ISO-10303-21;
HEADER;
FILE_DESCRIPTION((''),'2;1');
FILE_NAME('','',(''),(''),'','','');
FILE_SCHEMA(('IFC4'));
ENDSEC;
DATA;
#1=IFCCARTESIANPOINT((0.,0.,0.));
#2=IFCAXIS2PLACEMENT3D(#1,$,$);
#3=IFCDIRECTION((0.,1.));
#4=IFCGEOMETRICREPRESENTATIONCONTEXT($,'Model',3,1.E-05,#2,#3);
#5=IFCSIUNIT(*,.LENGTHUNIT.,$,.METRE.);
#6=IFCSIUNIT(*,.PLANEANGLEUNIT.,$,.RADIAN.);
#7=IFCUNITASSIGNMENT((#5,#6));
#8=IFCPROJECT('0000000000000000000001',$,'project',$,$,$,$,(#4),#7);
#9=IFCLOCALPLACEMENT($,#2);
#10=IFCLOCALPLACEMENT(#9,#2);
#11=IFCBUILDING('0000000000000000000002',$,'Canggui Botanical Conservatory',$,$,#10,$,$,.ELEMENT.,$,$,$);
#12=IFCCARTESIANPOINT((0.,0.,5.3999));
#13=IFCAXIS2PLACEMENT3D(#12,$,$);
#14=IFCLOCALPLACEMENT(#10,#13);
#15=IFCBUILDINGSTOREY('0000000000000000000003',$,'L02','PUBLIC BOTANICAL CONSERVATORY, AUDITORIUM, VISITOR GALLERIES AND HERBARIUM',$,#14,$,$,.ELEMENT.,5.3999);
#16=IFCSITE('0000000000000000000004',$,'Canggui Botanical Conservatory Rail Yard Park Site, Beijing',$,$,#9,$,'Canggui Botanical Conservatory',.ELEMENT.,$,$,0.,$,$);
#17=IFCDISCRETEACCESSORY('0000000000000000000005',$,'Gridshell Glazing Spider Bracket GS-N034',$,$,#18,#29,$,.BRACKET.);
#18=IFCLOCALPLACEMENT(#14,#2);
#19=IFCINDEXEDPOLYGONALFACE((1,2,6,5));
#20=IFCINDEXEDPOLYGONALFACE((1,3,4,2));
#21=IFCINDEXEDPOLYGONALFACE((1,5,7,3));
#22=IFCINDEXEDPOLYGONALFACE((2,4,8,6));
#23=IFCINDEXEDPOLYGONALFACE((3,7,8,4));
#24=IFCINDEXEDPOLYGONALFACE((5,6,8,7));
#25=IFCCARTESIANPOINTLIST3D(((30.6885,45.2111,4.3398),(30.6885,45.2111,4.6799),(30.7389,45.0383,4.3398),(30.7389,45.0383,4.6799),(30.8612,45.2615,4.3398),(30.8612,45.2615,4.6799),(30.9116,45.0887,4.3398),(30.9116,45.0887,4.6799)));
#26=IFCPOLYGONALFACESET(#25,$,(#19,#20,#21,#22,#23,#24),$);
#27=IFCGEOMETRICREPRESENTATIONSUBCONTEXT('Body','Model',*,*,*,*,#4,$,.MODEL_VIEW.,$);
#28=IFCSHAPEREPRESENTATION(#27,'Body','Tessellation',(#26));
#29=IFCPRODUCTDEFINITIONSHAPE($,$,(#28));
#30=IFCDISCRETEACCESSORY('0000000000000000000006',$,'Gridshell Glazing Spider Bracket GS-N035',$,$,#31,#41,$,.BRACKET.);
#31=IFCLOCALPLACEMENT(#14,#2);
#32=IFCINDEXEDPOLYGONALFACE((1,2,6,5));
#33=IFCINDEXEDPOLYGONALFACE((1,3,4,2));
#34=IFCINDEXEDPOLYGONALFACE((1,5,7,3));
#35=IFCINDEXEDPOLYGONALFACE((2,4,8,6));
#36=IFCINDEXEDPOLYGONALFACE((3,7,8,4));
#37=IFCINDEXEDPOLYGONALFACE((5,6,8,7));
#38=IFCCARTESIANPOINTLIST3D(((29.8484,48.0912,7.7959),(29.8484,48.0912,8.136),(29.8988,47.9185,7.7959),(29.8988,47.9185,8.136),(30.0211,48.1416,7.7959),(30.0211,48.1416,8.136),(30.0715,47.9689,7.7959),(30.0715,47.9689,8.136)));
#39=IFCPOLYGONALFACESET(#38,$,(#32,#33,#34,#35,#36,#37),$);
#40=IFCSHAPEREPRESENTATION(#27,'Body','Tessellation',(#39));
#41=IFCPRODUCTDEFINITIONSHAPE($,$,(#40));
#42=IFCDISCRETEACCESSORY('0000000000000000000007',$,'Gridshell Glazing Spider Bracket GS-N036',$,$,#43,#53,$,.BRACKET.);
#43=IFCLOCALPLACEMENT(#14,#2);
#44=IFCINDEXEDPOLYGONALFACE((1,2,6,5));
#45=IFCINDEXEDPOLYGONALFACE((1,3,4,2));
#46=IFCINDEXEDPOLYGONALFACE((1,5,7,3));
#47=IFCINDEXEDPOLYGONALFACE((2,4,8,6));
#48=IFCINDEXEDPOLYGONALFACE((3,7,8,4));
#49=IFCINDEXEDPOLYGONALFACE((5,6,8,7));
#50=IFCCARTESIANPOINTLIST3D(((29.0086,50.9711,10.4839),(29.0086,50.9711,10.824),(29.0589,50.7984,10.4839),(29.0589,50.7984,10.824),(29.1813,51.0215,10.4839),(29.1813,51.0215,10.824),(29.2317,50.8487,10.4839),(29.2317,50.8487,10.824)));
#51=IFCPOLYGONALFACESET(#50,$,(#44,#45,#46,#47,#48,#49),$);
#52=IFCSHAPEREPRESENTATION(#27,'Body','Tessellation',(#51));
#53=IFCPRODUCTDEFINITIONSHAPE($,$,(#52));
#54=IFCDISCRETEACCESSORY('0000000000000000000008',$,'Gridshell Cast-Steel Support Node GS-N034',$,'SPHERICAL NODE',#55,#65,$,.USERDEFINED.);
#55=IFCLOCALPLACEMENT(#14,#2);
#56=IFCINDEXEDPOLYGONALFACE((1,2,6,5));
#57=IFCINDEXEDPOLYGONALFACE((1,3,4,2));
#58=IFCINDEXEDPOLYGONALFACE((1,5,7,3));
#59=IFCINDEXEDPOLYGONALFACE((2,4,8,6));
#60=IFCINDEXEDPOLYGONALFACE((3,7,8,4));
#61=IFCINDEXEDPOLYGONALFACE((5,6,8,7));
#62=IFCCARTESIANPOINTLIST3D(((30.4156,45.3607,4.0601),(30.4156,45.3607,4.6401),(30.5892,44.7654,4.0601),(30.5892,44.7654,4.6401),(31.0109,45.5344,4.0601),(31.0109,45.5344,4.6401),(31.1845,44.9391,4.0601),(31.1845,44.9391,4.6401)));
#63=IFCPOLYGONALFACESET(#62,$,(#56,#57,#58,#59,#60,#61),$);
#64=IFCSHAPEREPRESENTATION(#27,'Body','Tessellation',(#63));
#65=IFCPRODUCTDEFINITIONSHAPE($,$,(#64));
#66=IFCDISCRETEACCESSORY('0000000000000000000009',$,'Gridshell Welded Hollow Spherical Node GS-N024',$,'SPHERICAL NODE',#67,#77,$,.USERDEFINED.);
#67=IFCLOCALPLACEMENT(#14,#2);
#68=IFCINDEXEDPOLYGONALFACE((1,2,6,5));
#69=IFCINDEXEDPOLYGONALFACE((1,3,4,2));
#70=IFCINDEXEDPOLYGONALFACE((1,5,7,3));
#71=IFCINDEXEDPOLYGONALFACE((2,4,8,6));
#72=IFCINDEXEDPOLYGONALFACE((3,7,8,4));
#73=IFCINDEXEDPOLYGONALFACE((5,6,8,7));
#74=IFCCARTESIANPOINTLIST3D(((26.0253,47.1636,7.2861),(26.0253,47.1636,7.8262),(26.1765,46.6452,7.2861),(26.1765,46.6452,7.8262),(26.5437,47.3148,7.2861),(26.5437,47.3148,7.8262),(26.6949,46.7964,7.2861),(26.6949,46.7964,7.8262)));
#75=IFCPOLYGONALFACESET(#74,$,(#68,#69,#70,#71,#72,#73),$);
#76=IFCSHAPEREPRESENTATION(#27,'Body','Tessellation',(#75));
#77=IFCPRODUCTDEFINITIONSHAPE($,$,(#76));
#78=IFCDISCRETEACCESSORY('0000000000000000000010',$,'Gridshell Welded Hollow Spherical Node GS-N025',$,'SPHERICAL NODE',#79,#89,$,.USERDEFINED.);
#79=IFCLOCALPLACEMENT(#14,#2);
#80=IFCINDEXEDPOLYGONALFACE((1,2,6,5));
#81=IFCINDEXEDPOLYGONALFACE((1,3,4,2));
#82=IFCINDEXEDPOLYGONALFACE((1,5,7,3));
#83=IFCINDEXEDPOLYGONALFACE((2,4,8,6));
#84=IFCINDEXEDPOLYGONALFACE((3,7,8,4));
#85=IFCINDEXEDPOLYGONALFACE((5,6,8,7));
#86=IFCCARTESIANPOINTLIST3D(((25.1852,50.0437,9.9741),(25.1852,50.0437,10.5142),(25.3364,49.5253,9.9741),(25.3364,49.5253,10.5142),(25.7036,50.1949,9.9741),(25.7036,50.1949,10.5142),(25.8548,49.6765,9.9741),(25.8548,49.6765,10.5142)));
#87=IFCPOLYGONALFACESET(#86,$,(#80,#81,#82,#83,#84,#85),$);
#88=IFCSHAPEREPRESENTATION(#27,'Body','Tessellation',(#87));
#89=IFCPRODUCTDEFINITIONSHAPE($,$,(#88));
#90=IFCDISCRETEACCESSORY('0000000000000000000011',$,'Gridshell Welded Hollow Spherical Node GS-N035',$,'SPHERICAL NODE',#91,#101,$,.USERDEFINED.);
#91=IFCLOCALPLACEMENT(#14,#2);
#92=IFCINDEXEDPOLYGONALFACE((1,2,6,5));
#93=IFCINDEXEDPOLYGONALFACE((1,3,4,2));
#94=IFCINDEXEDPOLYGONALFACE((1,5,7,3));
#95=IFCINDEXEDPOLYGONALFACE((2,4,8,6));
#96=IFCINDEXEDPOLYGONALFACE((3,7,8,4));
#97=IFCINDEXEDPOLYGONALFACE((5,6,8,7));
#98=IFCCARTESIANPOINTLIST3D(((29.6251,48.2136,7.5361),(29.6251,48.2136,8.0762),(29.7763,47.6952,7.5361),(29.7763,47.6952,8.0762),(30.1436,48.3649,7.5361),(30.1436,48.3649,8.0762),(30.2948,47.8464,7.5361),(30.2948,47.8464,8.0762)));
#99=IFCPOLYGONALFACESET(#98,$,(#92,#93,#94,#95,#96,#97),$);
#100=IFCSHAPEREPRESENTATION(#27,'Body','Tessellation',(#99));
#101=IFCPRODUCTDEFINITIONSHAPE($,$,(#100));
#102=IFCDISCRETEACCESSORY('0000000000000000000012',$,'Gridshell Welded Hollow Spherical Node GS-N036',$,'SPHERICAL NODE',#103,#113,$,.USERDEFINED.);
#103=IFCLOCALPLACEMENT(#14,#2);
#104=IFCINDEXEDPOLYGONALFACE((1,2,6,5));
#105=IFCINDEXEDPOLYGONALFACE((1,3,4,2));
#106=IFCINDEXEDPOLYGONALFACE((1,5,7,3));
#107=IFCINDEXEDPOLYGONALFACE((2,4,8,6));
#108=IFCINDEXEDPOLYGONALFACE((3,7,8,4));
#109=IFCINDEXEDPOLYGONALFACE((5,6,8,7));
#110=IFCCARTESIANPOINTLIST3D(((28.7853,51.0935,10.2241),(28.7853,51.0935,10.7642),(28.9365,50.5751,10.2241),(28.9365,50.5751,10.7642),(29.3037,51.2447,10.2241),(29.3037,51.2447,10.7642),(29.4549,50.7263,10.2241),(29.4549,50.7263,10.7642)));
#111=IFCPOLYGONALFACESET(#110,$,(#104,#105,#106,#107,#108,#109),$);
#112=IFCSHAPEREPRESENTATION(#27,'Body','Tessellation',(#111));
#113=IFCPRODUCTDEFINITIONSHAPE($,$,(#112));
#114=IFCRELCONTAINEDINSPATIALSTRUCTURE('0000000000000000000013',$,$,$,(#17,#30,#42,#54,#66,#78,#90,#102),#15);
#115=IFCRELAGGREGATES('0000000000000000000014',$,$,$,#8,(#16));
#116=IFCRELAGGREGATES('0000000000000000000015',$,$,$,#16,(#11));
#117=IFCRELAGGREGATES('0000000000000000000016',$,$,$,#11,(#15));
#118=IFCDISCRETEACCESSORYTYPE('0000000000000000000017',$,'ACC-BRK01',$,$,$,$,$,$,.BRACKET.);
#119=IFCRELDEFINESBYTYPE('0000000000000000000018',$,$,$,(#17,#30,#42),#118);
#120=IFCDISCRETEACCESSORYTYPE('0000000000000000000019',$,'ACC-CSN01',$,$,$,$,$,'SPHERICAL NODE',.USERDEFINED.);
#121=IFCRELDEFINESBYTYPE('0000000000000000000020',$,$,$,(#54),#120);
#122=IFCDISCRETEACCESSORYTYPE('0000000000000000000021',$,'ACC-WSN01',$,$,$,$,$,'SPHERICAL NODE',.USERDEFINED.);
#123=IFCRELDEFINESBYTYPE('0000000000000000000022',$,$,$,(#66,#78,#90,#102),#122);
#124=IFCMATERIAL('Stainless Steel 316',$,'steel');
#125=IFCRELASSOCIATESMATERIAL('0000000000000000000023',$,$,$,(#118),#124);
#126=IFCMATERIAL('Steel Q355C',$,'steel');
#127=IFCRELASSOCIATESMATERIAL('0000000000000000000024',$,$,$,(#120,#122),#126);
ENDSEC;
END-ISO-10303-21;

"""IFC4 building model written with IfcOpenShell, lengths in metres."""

from ifc_helpers import new_model, si_unit, direction, frame, origin, origin_2d, place, context, subcontext, project, spatial, rectangle, extrude, material, type_object, element, save


model = new_model("IFC4")

# Units and contexts
model_context = context("Model", 3, precision=1e-05, world=origin(), true_north=direction((0.0, 1.0)))
body_context = subcontext(model_context, "Body", "Model", "MODEL_VIEW")
ifc_project = project(units=[si_unit("LENGTHUNIT", "METRE"), si_unit("PLANEANGLEUNIT", "RADIAN")], contexts=[model_context])

# Site, building, storey
site_placement = place(None, origin())
site = spatial("IfcSite", under=ifc_project, at=site_placement, Name="Canggui Botanical Conservatory Rail Yard Park Site, Beijing", LongName="Canggui Botanical Conservatory", CompositionType="ELEMENT", RefElevation=0.0)
building_placement = place(site_placement, origin())
building = spatial("IfcBuilding", under=site, at=building_placement, Name="Canggui Botanical Conservatory", CompositionType="ELEMENT")
storey_placement = place(building_placement, frame((0.0, 0.0, 5.3999)))
storey = spatial("IfcBuildingStorey", under=building, at=storey_placement, Name="L02", Description="PUBLIC BOTANICAL CONSERVATORY, AUDITORIUM, VISITOR GALLERIES AND HERBARIUM", CompositionType="ELEMENT", Elevation=5.3999)

# Shared definitions
ifc_material_1 = material(Name="Steel Q355C", Category="steel")

# Discrete accessories
ifc_material_2 = material(Name="Stainless Steel 316", Category="steel")
discrete_accessory_type_1 = type_object("IfcDiscreteAccessoryType", Name="ACC-BRK01", PredefinedType="BRACKET", material=ifc_material_2)
for number, where, z_axis, x_axis, name in (
    (1, (30.8, 45.1499, 4.3398), (0.0, 0.0, 1.0), (0.96, 0.28, 0.0), "Gridshell Glazing Spider Bracket GS-N034"),
    (2, (29.96, 48.03, 7.7959), (0.0, 0.0, 1.0), (0.96, 0.28, 0.0), "Gridshell Glazing Spider Bracket GS-N035"),
    (3, (29.1201, 50.9099, 10.4839), (0.0, 0.0, 1.0), (0.96, 0.28, 0.0), "Gridshell Glazing Spider Bracket GS-N036"),
):
    element("IfcDiscreteAccessory", number, at=place(storey_placement, frame(where, z_axis=z_axis, x_axis=x_axis)), inside=storey, type_object=discrete_accessory_type_1, Name=name, PredefinedType="BRACKET", context=body_context, shape_type="SweptSolid", body=[
        extrude(rectangle(XDim=0.1799, YDim=0.1799, at=origin_2d()), origin(), (0.0, 0.0, 1.0), 0.3401),
    ])
discrete_accessory_type_2 = type_object("IfcDiscreteAccessoryType", Name="ACC-CSN01", ElementType="SPHERICAL NODE", PredefinedType="USERDEFINED", material=ifc_material_1)
discrete_accessory_placement = place(storey_placement, frame((30.8, 45.1499, 4.0601), z_axis=(0.0, 0.0, 1.0), x_axis=(0.96, 0.28, 0.0)))
element("IfcDiscreteAccessory", 4, at=discrete_accessory_placement, inside=storey, type_object=discrete_accessory_type_2, Name="Gridshell Cast-Steel Support Node GS-N034", ObjectType="SPHERICAL NODE", PredefinedType="USERDEFINED", context=body_context, shape_type="SweptSolid", body=[
    extrude(rectangle(XDim=0.6201, YDim=0.6201, at=origin_2d()), origin(), (0.0, 0.0, 1.0), 0.5801),
])
discrete_accessory_type_3 = type_object("IfcDiscreteAccessoryType", Name="ACC-WSN01", ElementType="SPHERICAL NODE", PredefinedType="USERDEFINED", material=ifc_material_1)
for number, where, z_axis, x_axis, name in (
    (5, (26.3601, 46.98, 7.2861), (0.0, 0.0, 1.0), (0.96, 0.28, 0.0), "Gridshell Welded Hollow Spherical Node GS-N024"),
    (6, (25.52, 49.8601, 9.9741), (0.0, 0.0, 1.0), (0.96, 0.28, 0.0), "Gridshell Welded Hollow Spherical Node GS-N025"),
    (7, (29.96, 48.03, 7.5361), (0.0, 0.0, 1.0), (0.96, 0.28, 0.0), "Gridshell Welded Hollow Spherical Node GS-N035"),
    (8, (29.1201, 50.9099, 10.2241), (0.0, 0.0, 1.0), (0.96, 0.28, 0.0), "Gridshell Welded Hollow Spherical Node GS-N036"),
):
    element("IfcDiscreteAccessory", number, at=place(storey_placement, frame(where, z_axis=z_axis, x_axis=x_axis)), inside=storey, type_object=discrete_accessory_type_3, Name=name, ObjectType="SPHERICAL NODE", PredefinedType="USERDEFINED", context=body_context, shape_type="SweptSolid", body=[
        extrude(rectangle(XDim=0.54, YDim=0.54, at=origin_2d()), origin(), (0.0, 0.0, 1.0), 0.54),
    ])

save(model, "model.ifc")
